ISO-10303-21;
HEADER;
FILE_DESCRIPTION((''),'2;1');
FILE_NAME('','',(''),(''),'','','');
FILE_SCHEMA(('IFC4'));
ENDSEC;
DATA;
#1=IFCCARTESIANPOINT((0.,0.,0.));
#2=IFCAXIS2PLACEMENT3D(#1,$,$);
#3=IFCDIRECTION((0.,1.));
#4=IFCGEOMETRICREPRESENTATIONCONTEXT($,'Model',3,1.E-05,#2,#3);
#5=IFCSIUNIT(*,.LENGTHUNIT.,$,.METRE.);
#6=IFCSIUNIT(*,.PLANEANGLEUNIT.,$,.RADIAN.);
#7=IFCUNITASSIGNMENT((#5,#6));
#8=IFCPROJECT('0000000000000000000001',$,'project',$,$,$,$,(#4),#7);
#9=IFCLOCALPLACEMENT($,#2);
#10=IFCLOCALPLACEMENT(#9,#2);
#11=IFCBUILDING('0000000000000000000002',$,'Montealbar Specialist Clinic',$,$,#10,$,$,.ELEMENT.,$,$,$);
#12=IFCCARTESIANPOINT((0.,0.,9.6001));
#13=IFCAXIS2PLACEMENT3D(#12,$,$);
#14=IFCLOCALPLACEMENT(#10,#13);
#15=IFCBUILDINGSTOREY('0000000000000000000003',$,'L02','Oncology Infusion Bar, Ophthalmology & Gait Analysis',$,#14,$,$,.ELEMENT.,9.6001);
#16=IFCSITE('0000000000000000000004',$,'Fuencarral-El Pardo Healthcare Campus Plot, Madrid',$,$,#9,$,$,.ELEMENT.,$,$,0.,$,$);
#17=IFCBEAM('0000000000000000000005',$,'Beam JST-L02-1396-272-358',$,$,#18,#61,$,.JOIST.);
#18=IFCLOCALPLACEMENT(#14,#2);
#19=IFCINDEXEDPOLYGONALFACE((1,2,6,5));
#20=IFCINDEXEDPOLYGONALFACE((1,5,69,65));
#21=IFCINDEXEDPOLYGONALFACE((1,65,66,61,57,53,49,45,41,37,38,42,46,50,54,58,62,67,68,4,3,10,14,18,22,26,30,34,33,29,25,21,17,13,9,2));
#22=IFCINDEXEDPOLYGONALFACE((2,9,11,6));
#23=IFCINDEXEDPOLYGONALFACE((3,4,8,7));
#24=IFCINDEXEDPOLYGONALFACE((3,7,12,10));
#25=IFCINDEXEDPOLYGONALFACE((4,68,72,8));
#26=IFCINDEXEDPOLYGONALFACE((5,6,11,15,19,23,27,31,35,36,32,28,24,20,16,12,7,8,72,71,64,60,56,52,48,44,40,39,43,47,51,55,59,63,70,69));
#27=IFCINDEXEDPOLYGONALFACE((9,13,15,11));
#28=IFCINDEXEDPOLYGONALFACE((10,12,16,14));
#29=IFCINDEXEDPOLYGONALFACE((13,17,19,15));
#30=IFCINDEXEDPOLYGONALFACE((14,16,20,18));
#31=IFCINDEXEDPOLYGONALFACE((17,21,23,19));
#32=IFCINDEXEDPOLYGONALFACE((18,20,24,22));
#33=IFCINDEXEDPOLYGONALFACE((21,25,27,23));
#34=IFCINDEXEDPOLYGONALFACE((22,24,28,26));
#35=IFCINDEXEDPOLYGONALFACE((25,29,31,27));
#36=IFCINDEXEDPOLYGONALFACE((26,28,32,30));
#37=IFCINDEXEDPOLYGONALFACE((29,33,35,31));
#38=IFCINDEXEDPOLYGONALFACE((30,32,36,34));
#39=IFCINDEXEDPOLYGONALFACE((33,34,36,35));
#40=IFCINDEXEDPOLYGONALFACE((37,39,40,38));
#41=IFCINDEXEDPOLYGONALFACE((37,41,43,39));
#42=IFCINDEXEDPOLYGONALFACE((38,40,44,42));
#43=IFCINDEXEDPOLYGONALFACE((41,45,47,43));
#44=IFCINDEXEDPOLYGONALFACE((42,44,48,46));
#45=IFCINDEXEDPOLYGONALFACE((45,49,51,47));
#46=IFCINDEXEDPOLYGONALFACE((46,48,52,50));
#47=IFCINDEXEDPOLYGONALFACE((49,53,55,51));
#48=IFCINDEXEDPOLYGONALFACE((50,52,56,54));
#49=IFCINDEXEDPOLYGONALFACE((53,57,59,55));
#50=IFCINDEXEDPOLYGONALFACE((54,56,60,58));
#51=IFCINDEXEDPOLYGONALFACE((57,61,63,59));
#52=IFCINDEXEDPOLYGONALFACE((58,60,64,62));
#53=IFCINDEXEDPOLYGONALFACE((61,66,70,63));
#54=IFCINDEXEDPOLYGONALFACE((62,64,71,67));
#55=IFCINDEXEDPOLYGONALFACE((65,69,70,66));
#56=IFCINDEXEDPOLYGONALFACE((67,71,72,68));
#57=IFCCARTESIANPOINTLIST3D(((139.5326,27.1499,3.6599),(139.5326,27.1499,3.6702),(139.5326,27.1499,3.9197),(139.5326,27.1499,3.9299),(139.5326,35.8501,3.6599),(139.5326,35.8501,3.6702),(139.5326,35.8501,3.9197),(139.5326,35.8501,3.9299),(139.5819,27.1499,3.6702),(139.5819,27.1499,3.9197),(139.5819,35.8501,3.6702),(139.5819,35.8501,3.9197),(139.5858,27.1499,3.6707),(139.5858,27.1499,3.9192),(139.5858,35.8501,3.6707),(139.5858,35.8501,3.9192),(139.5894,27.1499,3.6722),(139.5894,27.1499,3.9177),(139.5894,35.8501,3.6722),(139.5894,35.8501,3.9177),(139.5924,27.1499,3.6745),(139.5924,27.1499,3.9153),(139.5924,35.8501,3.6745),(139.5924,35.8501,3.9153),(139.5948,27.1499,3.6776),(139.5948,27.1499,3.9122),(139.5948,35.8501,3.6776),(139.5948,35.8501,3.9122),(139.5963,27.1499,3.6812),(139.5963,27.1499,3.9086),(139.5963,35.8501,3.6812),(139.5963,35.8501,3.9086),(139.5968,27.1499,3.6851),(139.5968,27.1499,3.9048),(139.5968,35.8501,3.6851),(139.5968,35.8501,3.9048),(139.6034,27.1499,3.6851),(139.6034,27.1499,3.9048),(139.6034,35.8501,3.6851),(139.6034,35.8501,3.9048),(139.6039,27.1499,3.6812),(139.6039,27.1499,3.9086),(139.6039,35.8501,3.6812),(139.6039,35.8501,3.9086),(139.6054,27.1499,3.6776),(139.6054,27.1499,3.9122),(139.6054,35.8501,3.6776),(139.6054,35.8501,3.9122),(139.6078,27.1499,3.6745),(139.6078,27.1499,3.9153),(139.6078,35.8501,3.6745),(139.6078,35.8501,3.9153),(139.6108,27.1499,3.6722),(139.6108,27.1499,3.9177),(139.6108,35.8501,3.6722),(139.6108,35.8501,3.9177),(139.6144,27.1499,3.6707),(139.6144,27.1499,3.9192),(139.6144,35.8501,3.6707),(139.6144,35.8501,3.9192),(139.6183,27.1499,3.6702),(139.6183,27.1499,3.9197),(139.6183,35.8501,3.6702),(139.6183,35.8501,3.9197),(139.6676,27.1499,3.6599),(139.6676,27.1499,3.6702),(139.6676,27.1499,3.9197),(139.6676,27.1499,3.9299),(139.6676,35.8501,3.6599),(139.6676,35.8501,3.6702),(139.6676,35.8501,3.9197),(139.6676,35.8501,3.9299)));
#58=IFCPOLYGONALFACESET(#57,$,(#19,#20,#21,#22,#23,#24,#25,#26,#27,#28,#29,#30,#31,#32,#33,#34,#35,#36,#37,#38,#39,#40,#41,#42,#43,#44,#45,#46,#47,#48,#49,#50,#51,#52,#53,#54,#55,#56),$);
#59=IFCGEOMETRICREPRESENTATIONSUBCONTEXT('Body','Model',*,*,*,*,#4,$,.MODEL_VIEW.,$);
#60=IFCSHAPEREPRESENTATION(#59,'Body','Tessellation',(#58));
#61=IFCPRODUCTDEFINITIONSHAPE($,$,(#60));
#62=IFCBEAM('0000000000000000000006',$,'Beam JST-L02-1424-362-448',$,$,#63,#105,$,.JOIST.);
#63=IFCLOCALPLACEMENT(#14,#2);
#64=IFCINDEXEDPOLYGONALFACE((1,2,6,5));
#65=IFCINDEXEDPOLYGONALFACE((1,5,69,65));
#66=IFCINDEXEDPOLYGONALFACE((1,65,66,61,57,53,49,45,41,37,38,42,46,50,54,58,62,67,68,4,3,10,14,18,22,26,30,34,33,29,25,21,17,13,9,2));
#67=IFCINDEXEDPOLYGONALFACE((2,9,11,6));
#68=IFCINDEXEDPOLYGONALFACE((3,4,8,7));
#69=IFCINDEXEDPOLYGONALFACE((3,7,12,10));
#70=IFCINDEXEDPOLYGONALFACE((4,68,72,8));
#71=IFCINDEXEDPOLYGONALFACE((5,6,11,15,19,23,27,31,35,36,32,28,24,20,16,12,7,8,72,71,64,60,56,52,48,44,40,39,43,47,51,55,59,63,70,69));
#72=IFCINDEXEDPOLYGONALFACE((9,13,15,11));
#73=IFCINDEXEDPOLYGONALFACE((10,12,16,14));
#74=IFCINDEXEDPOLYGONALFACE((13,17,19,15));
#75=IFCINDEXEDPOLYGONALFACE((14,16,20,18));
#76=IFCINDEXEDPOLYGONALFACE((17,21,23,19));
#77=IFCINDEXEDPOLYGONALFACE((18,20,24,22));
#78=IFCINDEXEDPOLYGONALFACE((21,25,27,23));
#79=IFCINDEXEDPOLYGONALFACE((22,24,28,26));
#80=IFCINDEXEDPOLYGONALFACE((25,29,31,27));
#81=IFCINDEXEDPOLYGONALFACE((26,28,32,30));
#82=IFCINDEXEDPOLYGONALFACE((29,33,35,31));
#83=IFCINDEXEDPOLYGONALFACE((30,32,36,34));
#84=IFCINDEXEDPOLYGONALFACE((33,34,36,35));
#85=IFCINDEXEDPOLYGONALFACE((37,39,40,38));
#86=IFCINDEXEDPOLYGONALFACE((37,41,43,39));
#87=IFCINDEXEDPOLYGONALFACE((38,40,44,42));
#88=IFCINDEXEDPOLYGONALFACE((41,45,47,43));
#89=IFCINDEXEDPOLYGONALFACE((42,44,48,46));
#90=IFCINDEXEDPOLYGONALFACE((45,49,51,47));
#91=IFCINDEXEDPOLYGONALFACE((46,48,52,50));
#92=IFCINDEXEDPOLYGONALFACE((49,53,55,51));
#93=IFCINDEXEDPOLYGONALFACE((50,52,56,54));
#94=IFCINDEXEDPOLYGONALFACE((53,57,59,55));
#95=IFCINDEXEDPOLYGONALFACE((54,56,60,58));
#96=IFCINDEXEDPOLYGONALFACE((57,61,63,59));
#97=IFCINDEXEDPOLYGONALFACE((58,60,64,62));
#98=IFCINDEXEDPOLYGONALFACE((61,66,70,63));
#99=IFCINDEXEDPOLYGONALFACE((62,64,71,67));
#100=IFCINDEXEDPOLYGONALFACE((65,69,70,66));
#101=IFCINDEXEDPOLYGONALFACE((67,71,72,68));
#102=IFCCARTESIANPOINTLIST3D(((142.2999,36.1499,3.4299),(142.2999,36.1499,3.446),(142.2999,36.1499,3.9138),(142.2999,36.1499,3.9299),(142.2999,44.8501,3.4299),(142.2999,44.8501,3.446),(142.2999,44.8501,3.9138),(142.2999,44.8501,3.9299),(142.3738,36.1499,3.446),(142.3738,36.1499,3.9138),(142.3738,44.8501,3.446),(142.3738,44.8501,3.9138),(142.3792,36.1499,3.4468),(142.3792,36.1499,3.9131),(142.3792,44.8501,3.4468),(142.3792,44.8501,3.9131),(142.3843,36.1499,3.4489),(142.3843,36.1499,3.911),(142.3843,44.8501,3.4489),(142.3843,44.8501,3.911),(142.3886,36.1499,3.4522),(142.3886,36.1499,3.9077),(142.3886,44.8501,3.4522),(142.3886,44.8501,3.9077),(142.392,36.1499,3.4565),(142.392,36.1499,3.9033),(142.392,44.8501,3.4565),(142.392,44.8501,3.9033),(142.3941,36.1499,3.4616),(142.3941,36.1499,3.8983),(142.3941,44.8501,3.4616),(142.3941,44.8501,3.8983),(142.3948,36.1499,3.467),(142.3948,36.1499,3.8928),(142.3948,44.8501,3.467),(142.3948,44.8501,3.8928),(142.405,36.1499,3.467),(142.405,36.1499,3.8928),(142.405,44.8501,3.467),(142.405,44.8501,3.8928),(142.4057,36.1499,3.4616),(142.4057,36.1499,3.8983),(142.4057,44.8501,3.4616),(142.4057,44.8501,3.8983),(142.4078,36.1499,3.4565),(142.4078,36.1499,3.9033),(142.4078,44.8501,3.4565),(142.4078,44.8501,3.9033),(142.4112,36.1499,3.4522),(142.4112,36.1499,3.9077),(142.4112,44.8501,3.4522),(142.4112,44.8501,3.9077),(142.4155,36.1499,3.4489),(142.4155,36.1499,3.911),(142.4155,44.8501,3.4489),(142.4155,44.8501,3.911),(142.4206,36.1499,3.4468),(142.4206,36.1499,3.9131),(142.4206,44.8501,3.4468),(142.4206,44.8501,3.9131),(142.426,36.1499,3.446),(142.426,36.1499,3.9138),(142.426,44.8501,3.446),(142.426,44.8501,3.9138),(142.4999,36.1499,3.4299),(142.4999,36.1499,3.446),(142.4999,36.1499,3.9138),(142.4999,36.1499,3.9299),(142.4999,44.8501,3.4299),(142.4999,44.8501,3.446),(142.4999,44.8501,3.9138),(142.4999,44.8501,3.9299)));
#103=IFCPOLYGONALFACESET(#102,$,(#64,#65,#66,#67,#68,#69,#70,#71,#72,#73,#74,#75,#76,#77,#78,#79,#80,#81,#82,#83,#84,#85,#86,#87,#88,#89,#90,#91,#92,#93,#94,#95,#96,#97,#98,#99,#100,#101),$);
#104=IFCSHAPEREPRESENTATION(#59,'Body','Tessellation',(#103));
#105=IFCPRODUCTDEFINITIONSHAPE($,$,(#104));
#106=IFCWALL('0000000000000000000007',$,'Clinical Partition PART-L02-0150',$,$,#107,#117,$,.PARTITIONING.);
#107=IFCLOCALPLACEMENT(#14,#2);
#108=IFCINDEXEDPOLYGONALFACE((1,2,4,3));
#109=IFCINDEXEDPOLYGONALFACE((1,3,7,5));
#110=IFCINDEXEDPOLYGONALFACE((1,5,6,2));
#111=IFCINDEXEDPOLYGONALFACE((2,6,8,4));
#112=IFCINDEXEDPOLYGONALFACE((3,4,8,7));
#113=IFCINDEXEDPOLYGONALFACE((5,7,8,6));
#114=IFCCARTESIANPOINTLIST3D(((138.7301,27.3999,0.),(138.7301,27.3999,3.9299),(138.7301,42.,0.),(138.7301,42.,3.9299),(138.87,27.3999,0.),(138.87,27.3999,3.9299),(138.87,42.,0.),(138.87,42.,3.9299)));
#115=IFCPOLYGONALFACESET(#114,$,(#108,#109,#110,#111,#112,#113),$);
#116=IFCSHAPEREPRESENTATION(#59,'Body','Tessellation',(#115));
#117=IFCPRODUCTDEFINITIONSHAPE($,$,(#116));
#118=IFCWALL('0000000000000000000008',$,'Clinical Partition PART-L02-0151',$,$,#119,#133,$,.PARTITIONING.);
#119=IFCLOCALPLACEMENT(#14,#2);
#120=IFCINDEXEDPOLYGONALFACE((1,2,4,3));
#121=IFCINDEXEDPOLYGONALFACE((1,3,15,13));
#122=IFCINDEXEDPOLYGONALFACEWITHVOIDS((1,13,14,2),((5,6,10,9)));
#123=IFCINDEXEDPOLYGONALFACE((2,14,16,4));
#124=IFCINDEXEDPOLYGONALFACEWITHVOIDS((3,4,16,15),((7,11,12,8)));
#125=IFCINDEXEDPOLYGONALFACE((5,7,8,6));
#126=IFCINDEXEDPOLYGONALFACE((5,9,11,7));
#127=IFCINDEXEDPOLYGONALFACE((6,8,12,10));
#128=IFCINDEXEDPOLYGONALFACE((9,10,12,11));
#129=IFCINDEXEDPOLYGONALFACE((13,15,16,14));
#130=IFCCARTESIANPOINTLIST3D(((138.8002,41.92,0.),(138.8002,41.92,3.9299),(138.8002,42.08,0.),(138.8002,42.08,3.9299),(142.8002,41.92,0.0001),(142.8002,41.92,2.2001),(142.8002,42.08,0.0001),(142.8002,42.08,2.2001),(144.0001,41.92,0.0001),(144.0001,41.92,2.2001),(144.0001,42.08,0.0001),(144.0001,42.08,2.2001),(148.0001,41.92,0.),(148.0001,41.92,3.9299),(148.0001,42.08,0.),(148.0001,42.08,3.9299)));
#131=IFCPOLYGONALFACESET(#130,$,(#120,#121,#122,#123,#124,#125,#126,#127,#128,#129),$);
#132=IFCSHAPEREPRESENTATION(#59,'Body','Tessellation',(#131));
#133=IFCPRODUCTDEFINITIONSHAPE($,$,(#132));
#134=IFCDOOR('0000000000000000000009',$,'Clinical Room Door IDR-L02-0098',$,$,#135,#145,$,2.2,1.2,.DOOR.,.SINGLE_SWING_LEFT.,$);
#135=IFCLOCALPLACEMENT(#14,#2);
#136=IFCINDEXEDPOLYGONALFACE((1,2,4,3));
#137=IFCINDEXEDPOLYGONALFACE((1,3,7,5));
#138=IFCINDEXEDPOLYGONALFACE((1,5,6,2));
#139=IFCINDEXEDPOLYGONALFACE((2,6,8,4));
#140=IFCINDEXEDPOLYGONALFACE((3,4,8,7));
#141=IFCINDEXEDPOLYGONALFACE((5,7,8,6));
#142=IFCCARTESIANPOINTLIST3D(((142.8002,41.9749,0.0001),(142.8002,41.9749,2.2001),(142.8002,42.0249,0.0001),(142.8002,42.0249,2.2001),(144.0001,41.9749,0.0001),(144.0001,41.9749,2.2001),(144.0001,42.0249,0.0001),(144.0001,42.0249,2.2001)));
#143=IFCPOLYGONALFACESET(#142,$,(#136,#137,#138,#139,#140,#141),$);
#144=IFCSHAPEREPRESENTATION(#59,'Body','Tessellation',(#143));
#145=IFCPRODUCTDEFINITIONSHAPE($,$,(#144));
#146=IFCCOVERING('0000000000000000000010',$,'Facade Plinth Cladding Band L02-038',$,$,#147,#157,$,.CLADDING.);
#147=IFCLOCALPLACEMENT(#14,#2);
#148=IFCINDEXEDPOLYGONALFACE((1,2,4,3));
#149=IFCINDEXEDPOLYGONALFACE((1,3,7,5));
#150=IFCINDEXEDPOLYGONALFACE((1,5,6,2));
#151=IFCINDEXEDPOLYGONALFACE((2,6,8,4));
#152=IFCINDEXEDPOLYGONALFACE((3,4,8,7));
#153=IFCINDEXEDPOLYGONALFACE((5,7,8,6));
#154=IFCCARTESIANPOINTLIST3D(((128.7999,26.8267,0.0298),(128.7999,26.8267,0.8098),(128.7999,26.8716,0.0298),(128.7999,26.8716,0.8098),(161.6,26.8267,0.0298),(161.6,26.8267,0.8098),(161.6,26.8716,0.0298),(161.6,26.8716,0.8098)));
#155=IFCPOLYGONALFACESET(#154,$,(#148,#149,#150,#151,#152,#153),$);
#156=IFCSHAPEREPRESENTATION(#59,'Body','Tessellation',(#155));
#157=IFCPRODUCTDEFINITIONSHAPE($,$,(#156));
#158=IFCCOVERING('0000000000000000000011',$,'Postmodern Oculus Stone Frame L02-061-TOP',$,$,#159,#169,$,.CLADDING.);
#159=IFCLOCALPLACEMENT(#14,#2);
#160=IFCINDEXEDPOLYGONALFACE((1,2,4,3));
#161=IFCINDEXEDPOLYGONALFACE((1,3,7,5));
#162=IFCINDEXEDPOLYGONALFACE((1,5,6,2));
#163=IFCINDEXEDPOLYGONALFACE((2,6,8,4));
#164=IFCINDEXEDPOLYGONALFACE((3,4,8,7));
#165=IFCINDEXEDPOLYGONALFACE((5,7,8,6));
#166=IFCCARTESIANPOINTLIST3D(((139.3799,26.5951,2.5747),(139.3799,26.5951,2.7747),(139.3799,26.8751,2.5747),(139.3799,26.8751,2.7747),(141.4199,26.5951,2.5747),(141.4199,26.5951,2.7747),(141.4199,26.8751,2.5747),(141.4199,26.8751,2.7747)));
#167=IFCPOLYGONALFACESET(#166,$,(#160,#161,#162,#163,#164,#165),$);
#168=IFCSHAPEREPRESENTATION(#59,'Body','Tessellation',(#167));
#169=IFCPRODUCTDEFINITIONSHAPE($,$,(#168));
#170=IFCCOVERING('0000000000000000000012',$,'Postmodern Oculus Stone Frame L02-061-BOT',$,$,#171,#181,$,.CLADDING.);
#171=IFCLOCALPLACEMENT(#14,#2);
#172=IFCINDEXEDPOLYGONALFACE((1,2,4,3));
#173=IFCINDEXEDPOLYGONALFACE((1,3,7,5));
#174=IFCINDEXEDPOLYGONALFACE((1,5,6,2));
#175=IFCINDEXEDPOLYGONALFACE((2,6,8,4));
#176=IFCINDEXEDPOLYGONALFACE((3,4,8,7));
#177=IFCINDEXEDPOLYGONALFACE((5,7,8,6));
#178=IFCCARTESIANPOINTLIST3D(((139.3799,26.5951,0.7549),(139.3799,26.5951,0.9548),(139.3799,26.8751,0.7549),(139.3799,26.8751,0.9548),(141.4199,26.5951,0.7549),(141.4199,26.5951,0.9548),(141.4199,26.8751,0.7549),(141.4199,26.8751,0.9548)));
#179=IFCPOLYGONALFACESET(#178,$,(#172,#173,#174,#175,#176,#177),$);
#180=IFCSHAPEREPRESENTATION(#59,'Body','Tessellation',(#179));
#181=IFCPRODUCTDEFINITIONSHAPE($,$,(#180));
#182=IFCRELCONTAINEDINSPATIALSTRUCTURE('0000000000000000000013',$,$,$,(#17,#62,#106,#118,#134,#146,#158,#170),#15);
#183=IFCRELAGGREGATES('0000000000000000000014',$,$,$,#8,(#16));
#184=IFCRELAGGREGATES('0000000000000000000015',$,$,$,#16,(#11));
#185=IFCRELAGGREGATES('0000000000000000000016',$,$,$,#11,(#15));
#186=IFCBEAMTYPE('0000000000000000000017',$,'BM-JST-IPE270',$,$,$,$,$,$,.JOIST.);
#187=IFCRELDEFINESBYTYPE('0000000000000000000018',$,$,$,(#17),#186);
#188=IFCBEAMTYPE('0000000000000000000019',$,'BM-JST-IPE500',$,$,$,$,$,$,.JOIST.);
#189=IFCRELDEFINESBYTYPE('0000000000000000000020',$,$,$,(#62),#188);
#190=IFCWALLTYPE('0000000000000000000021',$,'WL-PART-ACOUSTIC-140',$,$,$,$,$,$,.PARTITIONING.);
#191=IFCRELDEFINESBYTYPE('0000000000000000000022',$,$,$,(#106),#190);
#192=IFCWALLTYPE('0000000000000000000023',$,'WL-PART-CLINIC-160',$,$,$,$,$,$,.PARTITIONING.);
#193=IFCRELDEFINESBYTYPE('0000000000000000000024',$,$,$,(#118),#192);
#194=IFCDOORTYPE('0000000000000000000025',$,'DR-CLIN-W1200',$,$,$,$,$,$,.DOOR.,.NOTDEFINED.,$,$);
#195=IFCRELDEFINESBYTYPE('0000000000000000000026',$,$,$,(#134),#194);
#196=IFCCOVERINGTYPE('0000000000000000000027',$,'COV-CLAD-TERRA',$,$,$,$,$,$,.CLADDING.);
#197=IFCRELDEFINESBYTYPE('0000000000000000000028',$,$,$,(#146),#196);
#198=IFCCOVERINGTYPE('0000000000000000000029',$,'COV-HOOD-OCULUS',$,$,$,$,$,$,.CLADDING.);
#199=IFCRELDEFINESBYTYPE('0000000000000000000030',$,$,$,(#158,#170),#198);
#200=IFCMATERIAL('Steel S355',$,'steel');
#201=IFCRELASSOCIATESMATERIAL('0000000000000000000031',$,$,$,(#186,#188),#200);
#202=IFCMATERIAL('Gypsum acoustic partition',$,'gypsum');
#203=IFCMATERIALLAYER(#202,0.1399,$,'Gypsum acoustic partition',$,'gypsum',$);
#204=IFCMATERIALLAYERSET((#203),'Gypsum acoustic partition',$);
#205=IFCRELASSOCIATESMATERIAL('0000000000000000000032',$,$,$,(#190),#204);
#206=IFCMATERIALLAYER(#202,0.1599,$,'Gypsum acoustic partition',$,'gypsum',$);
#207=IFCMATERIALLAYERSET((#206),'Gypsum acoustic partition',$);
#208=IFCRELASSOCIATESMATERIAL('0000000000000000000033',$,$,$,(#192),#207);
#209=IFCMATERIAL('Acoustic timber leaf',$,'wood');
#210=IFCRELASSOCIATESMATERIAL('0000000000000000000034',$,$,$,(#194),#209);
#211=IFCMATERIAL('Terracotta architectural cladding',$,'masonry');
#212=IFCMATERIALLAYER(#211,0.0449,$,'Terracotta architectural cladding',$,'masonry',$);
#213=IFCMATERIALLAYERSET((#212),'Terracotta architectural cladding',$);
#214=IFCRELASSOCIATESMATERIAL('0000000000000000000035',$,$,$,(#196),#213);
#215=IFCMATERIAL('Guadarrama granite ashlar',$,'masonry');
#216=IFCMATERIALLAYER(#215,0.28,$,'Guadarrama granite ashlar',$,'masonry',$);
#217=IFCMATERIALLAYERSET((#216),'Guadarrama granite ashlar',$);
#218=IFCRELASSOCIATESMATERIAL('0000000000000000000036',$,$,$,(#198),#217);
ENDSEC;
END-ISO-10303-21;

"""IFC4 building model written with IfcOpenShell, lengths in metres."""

from ifc_helpers import new_model, si_unit, direction, frame, frame_2d, origin, origin_2d, place, context, subcontext, project, spatial, rectangle, i_section, extrude, material, layer, layer_set, material_profile, profile_set, type_object, element, fill, save


model = new_model("IFC4")

# Units and contexts
model_context = context("Model", 3, precision=1e-05, world=origin(), true_north=direction((0.0, 1.0)))
body_context = subcontext(model_context, "Body", "Model", "MODEL_VIEW")
ifc_project = project(units=[si_unit("LENGTHUNIT", "METRE"), si_unit("PLANEANGLEUNIT", "RADIAN")], contexts=[model_context])

# Site, building, storey
site_placement = place(None, origin())
site = spatial("IfcSite", under=ifc_project, at=site_placement, Name="Fuencarral-El Pardo Healthcare Campus Plot, Madrid", CompositionType="ELEMENT", RefElevation=0.0)
building_placement = place(site_placement, origin())
building = spatial("IfcBuilding", under=site, at=building_placement, Name="Montealbar Specialist Clinic", CompositionType="ELEMENT")
storey_placement = place(building_placement, frame((0.0, 0.0, 9.6001)))
storey = spatial("IfcBuildingStorey", under=building, at=storey_placement, Name="L02", Description="Oncology Infusion Bar, Ophthalmology & Gait Analysis", CompositionType="ELEMENT", Elevation=9.6001)

# Shared definitions
ifc_material_1 = material(Name="Steel S355", Category="steel")

# Beams
ifc_material_profile_1 = material_profile(ifc_material_1, i_section(OverallWidth=0.135, OverallDepth=0.27, WebThickness=0.0066, FlangeThickness=0.0103, FilletRadius=0.0149, at=origin_2d()), Name="IPE 270", Category="steel")
ifc_profile_set_1 = profile_set([ifc_material_profile_1], Name="Steel S355")
beam_type_1 = type_object("IfcBeamType", Name="BM-JST-IPE270", PredefinedType="JOIST", material=ifc_profile_set_1)
beam_1_placement = place(storey_placement, frame((139.6001, 27.1499, 3.7949), z_axis=(0.0, 1.0, 0.0), x_axis=(-1.0, 0.0, 0.0)))
element("IfcBeam", 1, at=beam_1_placement, inside=storey, type_object=beam_type_1, Name="Beam JST-L02-1396-272-358", PredefinedType="JOIST", context=body_context, shape_type="SweptSolid", body=[
    extrude(i_section(OverallWidth=0.135, OverallDepth=0.27, WebThickness=0.0066, FlangeThickness=0.0103, FilletRadius=0.0149, at=origin_2d()), origin(), (0.0, 0.0, 1.0), 8.7002),
])
ifc_material_profile_2 = material_profile(ifc_material_1, i_section(OverallWidth=0.2, OverallDepth=0.5, WebThickness=0.0103, FlangeThickness=0.0161, FilletRadius=0.021, at=origin_2d()), Name="IPE 500", Category="steel")
ifc_profile_set_2 = profile_set([ifc_material_profile_2], Name="Steel S355")
beam_type_2 = type_object("IfcBeamType", Name="BM-JST-IPE500", PredefinedType="JOIST", material=ifc_profile_set_2)
beam_2_placement = place(storey_placement, frame((142.3999, 36.1499, 3.6799), z_axis=(0.0, 1.0, 0.0), x_axis=(-1.0, 0.0, 0.0)))
element("IfcBeam", 2, at=beam_2_placement, inside=storey, type_object=beam_type_2, Name="Beam JST-L02-1424-362-448", PredefinedType="JOIST", context=body_context, shape_type="SweptSolid", body=[
    extrude(i_section(OverallWidth=0.2, OverallDepth=0.5, WebThickness=0.0103, FlangeThickness=0.0161, FilletRadius=0.021, at=origin_2d()), origin(), (0.0, 0.0, 1.0), 8.7002),
])

# Wall
ifc_material_2 = material(Name="Gypsum acoustic partition", Category="gypsum")
ifc_layer_1 = layer(ifc_material_2, 0.1399, Name="Gypsum acoustic partition", Category="gypsum")
ifc_layer_set_1 = layer_set([ifc_layer_1], Name="Gypsum acoustic partition")
wall_type_1 = type_object("IfcWallType", Name="WL-PART-ACOUSTIC-140", PredefinedType="PARTITIONING", material=ifc_layer_set_1)
wall_1_placement = place(storey_placement, frame((138.8, 27.3999, 0.0), z_axis=(0.0, 0.0, 1.0), x_axis=(0.0, 1.0, 0.0)))
element("IfcWall", 3, at=wall_1_placement, inside=storey, type_object=wall_type_1, Name="Clinical Partition PART-L02-0150", PredefinedType="PARTITIONING", context=body_context, shape_type="SweptSolid", body=[
    extrude(rectangle(XDim=14.6001, YDim=0.1399, at=frame_2d((7.3, 0.0))), origin(), (0.0, 0.0, 1.0), 3.9299),
])

# Wall, opening, door
ifc_layer_2 = layer(ifc_material_2, 0.1599, Name="Gypsum acoustic partition", Category="gypsum")
ifc_layer_set_2 = layer_set([ifc_layer_2], Name="Gypsum acoustic partition")
wall_type_2 = type_object("IfcWallType", Name="WL-PART-CLINIC-160", PredefinedType="PARTITIONING", material=ifc_layer_set_2)
wall_2_placement = place(storey_placement, frame((138.8, 42.0, 0.0), z_axis=(0.0, 0.0, 1.0), x_axis=(1.0, 0.0, 0.0)))
wall_2 = element("IfcWall", 4, at=wall_2_placement, inside=storey, type_object=wall_type_2, Name="Clinical Partition PART-L02-0151", PredefinedType="PARTITIONING", context=body_context, shape_type="SweptSolid", body=[
    extrude(rectangle(XDim=9.2, YDim=0.1599, at=frame_2d((4.6001, 0.0))), origin(), (0.0, 0.0, 1.0), 3.9299),
])
opening_placement = place(wall_2_placement, frame((4.0, 0.0, 0.0)))
opening = element("IfcOpeningElement", 5, at=opening_placement, cuts=wall_2, PredefinedType="OPENING", context=body_context, shape_type="SweptSolid", body=[
    extrude(rectangle(XDim=1.2, YDim=2.2, at=frame_2d((0.6001, 1.1001))), frame((0.0, 0.0898, 0.0), z_axis=(0.0, -1.0, 0.0), x_axis=(1.0, 0.0, 0.0)), (0.0, 0.0, 1.0), 0.1799),
])
ifc_material_3 = material(Name="Acoustic timber leaf", Category="wood")
door_type = type_object("IfcDoorType", Name="DR-CLIN-W1200", OperationType="NOTDEFINED", PredefinedType="DOOR", material=ifc_material_3)
door_placement = place(opening_placement, origin())
door = element("IfcDoor", 6, at=door_placement, inside=storey, type_object=door_type, Name="Clinical Room Door IDR-L02-0098", OperationType="SINGLE_SWING_LEFT", OverallHeight=2.2, OverallWidth=1.2, PredefinedType="DOOR", context=body_context, shape_type="SweptSolid", body=[
    extrude(rectangle(XDim=1.2, YDim=2.2, at=frame_2d((0.6001, 1.1001))), frame((0.0, 0.0249, 0.0), z_axis=(0.0, -1.0, 0.0), x_axis=(1.0, 0.0, 0.0)), (0.0, 0.0, 1.0), 0.05),
])
fill(opening, door)

# Coverings
ifc_material_4 = material(Name="Terracotta architectural cladding", Category="masonry")
ifc_layer_3 = layer(ifc_material_4, 0.0449, Name="Terracotta architectural cladding", Category="masonry")
ifc_layer_set_3 = layer_set([ifc_layer_3], Name="Terracotta architectural cladding")
covering_type_1 = type_object("IfcCoveringType", Name="COV-CLAD-TERRA", PredefinedType="CLADDING", material=ifc_layer_set_3)
covering_placement = place(storey_placement, frame((145.2, 26.8491, 0.0298), z_axis=(0.0, 0.0, 1.0), x_axis=(-1.0, 0.0, 0.0)))
element("IfcCovering", 7, at=covering_placement, inside=storey, type_object=covering_type_1, Name="Facade Plinth Cladding Band L02-038", PredefinedType="CLADDING", context=body_context, shape_type="SweptSolid", body=[
    extrude(rectangle(XDim=32.8, YDim=0.0449, at=origin_2d()), origin(), (0.0, 0.0, 1.0), 0.78),
])
ifc_material_5 = material(Name="Guadarrama granite ashlar", Category="masonry")
ifc_layer_4 = layer(ifc_material_5, 0.28, Name="Guadarrama granite ashlar", Category="masonry")
ifc_layer_set_4 = layer_set([ifc_layer_4], Name="Guadarrama granite ashlar")
covering_type_2 = type_object("IfcCoveringType", Name="COV-HOOD-OCULUS", PredefinedType="CLADDING", material=ifc_layer_set_4)
for number, where, z_axis, x_axis, name in (
    (8, (140.3999, 26.7351, 2.5747), (0.0, 0.0, 1.0), (-1.0, 0.0, 0.0), "Postmodern Oculus Stone Frame L02-061-TOP"),
    (9, (140.3999, 26.7351, 0.7549), (0.0, 0.0, 1.0), (-1.0, 0.0, 0.0), "Postmodern Oculus Stone Frame L02-061-BOT"),
):
    element("IfcCovering", number, at=place(storey_placement, frame(where, z_axis=z_axis, x_axis=x_axis)), inside=storey, type_object=covering_type_2, Name=name, PredefinedType="CLADDING", context=body_context, shape_type="SweptSolid", body=[
        extrude(rectangle(XDim=2.04, YDim=0.28, at=origin_2d()), origin(), (0.0, 0.0, 1.0), 0.2),
    ])

save(model, "model.ifc")
